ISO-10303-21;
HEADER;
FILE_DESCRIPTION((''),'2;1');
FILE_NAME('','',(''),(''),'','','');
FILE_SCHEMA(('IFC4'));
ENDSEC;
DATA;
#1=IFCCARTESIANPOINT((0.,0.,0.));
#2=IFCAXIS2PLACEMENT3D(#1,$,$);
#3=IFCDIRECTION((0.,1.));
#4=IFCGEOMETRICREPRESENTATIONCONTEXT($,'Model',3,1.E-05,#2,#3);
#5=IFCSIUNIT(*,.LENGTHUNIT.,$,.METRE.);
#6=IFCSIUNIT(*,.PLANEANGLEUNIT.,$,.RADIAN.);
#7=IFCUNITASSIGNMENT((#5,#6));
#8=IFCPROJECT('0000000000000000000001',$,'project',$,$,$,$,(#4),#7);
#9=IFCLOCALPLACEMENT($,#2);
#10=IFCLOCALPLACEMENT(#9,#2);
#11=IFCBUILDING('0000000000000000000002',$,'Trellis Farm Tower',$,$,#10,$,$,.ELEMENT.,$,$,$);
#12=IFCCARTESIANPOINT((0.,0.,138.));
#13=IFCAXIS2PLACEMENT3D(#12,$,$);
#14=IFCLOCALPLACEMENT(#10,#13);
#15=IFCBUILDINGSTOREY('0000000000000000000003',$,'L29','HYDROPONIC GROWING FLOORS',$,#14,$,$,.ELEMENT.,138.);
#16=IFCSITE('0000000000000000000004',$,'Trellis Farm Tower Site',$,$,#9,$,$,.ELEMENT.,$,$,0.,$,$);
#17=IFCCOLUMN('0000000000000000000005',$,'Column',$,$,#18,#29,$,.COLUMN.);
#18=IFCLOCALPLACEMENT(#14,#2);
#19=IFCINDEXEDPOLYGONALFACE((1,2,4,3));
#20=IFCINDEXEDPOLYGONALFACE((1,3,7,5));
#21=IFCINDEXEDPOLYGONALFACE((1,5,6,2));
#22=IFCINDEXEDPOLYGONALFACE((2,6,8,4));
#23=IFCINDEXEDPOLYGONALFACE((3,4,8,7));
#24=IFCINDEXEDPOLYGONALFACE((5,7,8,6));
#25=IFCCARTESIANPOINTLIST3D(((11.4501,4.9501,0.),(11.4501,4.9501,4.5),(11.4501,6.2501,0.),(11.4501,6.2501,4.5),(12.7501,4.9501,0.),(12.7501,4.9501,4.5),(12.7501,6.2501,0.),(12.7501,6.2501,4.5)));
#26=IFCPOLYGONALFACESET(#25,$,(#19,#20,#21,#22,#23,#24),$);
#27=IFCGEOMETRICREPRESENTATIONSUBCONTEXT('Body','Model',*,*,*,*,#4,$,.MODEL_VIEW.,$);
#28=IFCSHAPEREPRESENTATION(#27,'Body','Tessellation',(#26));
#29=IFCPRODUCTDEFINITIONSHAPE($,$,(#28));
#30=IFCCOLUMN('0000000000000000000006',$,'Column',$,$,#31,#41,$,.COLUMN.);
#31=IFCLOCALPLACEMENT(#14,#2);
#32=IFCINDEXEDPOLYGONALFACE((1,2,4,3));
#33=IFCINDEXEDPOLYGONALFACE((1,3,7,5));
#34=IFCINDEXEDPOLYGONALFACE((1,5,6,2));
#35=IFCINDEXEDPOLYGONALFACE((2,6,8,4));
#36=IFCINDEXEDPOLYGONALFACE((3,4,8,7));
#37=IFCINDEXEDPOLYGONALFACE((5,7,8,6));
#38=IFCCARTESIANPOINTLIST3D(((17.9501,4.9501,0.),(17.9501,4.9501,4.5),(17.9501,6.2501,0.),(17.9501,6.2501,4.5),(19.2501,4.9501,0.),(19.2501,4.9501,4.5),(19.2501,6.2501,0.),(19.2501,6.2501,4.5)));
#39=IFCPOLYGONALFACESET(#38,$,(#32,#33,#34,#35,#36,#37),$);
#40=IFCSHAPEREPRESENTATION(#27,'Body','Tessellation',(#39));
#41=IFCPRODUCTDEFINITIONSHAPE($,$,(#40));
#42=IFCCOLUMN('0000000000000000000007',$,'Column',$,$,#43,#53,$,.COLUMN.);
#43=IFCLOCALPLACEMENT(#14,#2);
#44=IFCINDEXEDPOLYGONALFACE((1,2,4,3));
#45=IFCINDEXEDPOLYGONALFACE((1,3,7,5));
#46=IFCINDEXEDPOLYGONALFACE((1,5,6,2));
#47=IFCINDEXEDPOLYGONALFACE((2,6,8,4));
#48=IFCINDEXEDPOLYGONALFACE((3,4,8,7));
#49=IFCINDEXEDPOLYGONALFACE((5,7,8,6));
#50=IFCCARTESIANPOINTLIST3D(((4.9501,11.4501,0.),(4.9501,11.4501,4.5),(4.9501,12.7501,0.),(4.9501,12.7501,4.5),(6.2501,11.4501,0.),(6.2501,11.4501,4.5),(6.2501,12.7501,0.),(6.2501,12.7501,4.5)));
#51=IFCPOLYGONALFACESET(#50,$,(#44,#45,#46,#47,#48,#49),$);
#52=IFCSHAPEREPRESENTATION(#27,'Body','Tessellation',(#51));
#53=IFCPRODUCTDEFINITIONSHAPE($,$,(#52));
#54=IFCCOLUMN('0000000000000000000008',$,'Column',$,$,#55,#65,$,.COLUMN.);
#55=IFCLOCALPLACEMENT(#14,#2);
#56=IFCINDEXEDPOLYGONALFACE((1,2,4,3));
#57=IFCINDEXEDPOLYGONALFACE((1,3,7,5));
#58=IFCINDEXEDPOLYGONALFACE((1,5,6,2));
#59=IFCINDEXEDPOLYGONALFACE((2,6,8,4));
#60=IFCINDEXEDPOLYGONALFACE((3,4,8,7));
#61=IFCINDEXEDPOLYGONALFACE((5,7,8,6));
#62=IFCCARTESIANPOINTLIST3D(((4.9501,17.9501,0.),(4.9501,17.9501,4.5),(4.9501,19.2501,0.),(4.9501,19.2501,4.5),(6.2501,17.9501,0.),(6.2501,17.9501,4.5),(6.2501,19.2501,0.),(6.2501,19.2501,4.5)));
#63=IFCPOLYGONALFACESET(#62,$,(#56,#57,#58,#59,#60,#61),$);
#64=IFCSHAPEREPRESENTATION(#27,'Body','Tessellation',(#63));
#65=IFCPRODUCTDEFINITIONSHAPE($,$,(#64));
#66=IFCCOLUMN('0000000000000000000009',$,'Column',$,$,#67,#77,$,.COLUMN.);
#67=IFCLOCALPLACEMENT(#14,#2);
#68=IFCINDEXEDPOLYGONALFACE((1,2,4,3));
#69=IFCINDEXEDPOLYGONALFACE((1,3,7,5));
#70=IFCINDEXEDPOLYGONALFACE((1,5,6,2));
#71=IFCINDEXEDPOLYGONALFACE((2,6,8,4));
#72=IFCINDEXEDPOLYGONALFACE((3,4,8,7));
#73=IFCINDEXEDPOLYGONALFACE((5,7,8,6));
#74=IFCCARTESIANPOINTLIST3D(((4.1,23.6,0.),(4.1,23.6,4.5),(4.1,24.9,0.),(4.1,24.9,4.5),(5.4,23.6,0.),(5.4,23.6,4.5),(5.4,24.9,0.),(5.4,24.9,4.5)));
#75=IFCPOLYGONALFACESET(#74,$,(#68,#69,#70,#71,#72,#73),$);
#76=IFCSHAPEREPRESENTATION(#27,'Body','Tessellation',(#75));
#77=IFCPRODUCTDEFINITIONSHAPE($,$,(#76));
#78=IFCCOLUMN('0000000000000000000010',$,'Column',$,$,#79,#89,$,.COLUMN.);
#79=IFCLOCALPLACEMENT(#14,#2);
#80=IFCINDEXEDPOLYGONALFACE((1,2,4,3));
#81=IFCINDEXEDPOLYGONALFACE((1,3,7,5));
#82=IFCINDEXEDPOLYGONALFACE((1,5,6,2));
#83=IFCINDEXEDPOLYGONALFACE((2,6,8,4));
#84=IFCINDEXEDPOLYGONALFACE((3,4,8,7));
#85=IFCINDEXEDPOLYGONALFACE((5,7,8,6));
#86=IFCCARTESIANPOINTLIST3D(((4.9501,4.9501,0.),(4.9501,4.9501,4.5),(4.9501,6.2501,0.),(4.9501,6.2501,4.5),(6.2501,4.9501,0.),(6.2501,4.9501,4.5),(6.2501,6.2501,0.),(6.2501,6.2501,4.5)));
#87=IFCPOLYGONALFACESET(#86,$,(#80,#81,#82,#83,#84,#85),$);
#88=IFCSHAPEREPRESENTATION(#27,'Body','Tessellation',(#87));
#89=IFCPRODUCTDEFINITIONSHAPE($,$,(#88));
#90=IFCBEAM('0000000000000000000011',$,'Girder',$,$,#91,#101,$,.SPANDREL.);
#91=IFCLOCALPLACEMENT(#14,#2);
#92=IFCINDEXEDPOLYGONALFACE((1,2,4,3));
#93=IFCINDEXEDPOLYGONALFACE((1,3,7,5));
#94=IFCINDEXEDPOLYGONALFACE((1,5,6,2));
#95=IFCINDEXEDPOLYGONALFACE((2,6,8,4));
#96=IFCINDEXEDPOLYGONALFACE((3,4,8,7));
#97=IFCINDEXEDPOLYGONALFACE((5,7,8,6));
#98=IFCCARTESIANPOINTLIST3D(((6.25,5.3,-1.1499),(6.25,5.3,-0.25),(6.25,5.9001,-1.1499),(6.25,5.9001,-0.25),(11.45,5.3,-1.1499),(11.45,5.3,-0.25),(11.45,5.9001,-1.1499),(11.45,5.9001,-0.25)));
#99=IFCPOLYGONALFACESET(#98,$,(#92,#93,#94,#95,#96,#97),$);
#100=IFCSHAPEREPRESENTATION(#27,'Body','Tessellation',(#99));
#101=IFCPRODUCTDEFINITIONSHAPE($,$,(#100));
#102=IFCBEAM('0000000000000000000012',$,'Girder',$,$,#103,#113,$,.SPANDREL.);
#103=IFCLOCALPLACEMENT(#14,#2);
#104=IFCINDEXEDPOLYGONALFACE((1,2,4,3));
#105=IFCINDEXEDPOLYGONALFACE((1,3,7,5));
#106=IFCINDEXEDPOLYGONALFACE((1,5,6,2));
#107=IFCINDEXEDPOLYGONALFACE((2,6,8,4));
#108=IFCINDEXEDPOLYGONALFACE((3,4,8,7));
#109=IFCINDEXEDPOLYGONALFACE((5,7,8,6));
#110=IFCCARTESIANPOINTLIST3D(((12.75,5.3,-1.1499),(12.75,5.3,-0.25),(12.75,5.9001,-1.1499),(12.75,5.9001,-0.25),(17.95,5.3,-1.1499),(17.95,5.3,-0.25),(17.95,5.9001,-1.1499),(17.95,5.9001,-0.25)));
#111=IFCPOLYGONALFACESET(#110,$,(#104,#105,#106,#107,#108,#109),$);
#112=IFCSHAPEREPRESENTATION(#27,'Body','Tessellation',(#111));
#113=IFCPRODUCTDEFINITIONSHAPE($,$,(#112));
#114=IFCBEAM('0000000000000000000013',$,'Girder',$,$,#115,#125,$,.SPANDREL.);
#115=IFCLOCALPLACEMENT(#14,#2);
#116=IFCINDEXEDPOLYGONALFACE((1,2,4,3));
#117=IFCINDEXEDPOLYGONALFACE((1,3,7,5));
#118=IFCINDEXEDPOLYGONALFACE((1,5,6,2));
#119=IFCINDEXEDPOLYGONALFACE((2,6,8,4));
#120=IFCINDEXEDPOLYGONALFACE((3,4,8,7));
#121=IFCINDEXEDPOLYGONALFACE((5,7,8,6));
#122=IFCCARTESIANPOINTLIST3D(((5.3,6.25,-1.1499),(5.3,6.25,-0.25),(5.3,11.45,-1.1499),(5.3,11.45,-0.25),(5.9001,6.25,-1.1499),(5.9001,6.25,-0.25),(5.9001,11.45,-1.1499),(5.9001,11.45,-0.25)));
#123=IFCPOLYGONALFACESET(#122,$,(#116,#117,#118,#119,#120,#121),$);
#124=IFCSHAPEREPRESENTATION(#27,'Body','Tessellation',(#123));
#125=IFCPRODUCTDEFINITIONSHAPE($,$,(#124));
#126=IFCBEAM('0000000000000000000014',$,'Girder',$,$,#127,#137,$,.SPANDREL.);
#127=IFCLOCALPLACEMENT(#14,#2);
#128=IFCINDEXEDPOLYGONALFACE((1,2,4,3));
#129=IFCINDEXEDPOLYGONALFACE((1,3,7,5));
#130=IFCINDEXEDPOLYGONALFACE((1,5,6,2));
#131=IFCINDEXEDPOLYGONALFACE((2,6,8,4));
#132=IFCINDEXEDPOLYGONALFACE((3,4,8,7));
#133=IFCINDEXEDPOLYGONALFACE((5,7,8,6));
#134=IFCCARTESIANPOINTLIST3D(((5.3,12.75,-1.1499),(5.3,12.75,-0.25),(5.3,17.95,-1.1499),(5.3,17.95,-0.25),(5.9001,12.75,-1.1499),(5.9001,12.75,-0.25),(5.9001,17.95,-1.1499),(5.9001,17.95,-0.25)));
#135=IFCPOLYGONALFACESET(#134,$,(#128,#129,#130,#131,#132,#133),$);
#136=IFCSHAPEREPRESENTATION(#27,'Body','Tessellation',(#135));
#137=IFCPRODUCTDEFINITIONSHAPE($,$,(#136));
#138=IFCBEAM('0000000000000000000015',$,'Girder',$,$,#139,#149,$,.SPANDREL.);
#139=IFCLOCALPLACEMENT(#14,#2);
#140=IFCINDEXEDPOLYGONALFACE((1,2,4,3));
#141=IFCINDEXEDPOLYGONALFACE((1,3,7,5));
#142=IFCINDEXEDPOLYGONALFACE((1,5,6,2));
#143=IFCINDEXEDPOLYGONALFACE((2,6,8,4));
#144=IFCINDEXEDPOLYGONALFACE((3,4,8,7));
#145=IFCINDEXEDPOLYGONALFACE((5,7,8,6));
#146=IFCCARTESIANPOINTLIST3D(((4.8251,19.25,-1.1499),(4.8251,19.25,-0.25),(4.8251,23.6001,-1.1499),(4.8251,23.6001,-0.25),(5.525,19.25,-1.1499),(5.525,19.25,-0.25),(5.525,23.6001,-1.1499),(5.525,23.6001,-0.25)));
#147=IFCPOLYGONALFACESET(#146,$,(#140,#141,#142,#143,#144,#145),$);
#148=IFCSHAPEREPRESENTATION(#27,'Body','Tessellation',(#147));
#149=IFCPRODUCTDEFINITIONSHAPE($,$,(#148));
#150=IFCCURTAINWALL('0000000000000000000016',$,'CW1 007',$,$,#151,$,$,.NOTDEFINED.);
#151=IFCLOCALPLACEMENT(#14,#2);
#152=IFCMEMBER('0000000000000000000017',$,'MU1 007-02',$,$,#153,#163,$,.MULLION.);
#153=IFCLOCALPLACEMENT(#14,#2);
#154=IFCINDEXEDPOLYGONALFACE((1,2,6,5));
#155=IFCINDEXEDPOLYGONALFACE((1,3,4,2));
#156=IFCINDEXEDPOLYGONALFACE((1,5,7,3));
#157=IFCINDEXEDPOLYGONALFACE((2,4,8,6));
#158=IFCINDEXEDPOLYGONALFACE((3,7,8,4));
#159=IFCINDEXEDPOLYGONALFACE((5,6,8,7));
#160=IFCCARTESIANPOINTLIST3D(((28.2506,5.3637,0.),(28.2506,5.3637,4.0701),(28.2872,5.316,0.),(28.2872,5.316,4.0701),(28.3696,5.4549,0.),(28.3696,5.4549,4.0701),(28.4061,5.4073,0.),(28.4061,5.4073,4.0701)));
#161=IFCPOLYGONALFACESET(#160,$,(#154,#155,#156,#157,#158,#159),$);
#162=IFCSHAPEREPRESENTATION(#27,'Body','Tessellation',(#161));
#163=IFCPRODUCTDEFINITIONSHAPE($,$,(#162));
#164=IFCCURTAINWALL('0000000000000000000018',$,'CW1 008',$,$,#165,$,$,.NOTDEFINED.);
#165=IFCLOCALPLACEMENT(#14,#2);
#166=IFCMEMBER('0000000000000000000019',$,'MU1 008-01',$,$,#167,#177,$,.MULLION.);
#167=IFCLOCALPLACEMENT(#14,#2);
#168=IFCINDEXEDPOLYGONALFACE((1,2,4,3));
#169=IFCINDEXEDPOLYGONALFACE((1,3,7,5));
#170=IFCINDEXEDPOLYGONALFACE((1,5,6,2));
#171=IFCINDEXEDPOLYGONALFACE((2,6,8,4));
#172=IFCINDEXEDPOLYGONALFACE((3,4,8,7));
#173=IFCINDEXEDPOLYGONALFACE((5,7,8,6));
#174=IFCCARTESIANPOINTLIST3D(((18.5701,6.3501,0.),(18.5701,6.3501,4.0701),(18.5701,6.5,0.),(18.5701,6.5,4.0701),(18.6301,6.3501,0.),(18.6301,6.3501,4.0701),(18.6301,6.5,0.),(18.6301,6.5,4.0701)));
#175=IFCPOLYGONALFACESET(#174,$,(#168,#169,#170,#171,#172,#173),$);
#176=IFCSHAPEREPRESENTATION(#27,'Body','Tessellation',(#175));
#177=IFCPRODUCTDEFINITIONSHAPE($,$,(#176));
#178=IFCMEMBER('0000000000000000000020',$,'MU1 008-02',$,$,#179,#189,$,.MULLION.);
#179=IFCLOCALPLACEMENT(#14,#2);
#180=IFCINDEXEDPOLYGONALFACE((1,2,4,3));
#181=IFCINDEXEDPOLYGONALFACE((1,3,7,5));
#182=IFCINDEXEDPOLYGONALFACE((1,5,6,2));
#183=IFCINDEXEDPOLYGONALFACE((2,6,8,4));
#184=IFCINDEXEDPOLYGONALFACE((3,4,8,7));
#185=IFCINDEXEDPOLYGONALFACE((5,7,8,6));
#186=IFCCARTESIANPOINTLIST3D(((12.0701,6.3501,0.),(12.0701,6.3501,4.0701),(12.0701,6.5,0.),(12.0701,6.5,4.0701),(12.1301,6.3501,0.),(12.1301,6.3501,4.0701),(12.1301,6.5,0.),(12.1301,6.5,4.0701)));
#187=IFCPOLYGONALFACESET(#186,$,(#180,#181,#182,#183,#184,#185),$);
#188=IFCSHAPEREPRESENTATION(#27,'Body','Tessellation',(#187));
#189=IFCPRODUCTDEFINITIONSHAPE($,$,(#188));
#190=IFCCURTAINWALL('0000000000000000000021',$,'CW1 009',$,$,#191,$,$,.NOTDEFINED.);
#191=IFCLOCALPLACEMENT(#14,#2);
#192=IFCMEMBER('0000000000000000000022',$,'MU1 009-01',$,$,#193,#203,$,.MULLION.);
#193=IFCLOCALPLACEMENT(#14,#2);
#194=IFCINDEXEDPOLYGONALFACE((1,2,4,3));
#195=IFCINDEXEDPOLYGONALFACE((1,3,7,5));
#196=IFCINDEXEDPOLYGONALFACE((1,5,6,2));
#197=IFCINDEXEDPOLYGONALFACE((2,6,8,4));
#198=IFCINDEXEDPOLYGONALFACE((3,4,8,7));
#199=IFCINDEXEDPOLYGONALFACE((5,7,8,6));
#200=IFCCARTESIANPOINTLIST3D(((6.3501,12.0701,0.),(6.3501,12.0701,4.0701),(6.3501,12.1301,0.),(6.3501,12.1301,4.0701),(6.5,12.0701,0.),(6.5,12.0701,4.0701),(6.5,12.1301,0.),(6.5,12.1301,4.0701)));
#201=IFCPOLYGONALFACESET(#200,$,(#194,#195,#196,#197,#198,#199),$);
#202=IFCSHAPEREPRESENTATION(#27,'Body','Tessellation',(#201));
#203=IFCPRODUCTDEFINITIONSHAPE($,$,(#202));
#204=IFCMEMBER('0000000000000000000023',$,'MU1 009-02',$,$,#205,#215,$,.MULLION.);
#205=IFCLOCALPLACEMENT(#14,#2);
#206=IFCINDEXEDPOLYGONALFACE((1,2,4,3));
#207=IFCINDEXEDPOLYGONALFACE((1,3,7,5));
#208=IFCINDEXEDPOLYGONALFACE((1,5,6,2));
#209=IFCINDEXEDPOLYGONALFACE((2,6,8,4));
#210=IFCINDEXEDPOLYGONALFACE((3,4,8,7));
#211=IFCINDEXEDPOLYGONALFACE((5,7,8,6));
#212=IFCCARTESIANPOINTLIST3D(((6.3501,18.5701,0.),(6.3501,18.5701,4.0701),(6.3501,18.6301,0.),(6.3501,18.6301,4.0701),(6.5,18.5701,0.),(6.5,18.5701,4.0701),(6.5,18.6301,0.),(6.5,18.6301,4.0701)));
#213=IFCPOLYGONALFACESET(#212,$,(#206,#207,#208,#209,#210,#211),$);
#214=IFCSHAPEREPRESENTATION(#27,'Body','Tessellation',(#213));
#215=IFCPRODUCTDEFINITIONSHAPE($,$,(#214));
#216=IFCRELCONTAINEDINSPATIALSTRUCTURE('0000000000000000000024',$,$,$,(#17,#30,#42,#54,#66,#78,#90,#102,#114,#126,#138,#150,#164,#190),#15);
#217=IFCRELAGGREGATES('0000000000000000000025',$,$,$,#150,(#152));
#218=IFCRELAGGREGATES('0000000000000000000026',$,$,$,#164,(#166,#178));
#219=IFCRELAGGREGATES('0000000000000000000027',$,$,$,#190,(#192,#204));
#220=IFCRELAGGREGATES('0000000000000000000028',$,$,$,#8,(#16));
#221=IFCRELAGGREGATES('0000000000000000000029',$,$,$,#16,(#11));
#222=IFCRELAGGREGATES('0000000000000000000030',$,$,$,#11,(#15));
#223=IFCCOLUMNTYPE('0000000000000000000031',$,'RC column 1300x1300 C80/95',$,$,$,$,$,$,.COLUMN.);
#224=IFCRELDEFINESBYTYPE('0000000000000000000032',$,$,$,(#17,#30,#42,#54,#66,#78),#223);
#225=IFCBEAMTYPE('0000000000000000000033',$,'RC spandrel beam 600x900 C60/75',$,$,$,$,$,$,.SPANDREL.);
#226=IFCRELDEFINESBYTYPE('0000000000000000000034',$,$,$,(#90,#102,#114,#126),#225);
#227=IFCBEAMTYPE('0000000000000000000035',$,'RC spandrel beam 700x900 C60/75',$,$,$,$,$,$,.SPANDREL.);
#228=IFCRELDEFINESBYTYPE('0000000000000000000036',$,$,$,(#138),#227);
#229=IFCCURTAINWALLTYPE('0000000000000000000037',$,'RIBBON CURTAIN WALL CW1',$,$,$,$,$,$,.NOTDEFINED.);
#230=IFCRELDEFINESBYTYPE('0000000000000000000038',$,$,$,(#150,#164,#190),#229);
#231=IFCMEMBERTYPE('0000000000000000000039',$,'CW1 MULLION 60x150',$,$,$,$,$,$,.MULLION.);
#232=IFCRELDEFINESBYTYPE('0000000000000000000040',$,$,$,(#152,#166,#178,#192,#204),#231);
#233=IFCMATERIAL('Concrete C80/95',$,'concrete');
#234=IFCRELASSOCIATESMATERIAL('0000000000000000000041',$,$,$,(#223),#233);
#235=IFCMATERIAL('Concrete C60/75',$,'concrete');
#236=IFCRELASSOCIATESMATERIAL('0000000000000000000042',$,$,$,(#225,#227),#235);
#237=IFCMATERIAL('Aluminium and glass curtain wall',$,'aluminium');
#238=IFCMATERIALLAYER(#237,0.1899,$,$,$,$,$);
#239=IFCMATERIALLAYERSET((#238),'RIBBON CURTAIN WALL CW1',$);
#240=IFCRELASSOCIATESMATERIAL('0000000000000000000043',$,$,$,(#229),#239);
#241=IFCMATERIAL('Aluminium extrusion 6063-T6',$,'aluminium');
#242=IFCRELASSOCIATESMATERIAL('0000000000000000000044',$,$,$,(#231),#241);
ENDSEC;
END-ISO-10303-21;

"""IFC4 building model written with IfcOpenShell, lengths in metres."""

from ifc_helpers import new_model, si_unit, direction, frame, origin, origin_2d, place, context, subcontext, project, spatial, rectangle, extrude, source, transform, mapped, material, layer, layer_set, material_profile, profile_set, type_object, element, aggregate, save


model = new_model("IFC4")

# Units and contexts
model_context = context("Model", 3, precision=1e-05, world=origin(), true_north=direction((0.0, 1.0)))
body_context = subcontext(model_context, "Body", "Model", "MODEL_VIEW")
ifc_project = project(units=[si_unit("LENGTHUNIT", "METRE"), si_unit("PLANEANGLEUNIT", "RADIAN")], contexts=[model_context])

# Site, building, storey
site_placement = place(None, origin())
site = spatial("IfcSite", under=ifc_project, at=site_placement, Name="Trellis Farm Tower Site", CompositionType="ELEMENT", RefElevation=0.0)
building_placement = place(site_placement, origin())
building = spatial("IfcBuilding", under=site, at=building_placement, Name="Trellis Farm Tower", CompositionType="ELEMENT")
storey_placement = place(building_placement, frame((0.0, 0.0, 138.0)))
storey = spatial("IfcBuildingStorey", under=building, at=storey_placement, Name="L29", Description="HYDROPONIC GROWING FLOORS", CompositionType="ELEMENT", Elevation=138.0)

# Columns
ifc_material_1 = material(Name="Concrete C80/95", Category="concrete")
ifc_material_profile_1 = material_profile(ifc_material_1, rectangle(XDim=1.3, YDim=1.3, at=origin_2d()), Name="RC column 1300x1300 C80/95")
ifc_profile_set_1 = profile_set([ifc_material_profile_1], Name="Concrete C80/95")
column_type = type_object("IfcColumnType", Name="RC column 1300x1300 C80/95", PredefinedType="COLUMN", material=ifc_profile_set_1)
shared_shape_1 = source(origin(), body_context, "Body", "SweptSolid", [
    extrude(rectangle(XDim=1.3, YDim=1.3, at=origin_2d()), origin(), (0.0, 0.0, 1.0), 4.5),
])
for number, where, z_axis, x_axis, name in (
    (1, (12.1001, 5.6001, 0.0), (0.0, 0.0, 1.0), (1.0, 0.0, 0.0), "Column"),
    (2, (18.6001, 5.6001, 0.0), (0.0, 0.0, 1.0), (1.0, 0.0, 0.0), "Column"),
    (3, (5.6001, 12.1001, 0.0), (0.0, 0.0, 1.0), (1.0, 0.0, 0.0), "Column"),
    (4, (5.6001, 18.6001, 0.0), (0.0, 0.0, 1.0), (1.0, 0.0, 0.0), "Column"),
    (5, (4.75, 24.25, 0.0), (0.0, 0.0, 1.0), (1.0, 0.0, 0.0), "Column"),
    (6, (5.6001, 5.6001, 0.0), (0.0, 0.0, 1.0), (1.0, 0.0, 0.0), "Column"),
):
    element("IfcColumn", number, at=place(storey_placement, frame(where, z_axis=z_axis, x_axis=x_axis)), inside=storey, type_object=column_type, Name=name, PredefinedType="COLUMN", context=body_context, shape_type="MappedRepresentation", body=[
        mapped(shared_shape_1, transform((0.0, 0.0, 0.0))),
    ])

# Beams
ifc_material_2 = material(Name="Concrete C60/75", Category="concrete")
ifc_material_profile_2 = material_profile(ifc_material_2, rectangle(XDim=0.6001, YDim=0.8999, at=origin_2d()), Name="RC spandrel beam 600x900 C60/75")
ifc_profile_set_2 = profile_set([ifc_material_profile_2], Name="Concrete C60/75")
beam_type_1 = type_object("IfcBeamType", Name="RC spandrel beam 600x900 C60/75", PredefinedType="SPANDREL", material=ifc_profile_set_2)
shared_shape_2 = source(origin(), body_context, "Body", "SweptSolid", [
    extrude(rectangle(XDim=0.6001, YDim=0.8999, at=origin_2d()), origin(), (0.0, 0.0, 1.0), 5.2),
])
for number, where, z_axis, x_axis, name in (
    (7, (6.25, 5.6001, -0.7), (1.0, 0.0, 0.0), (0.0, 1.0, 0.0), "Girder"),
    (8, (12.75, 5.6001, -0.7), (1.0, 0.0, 0.0), (0.0, 1.0, 0.0), "Girder"),
    (9, (5.6001, 6.25, -0.7), (0.0, 1.0, 0.0), (-1.0, 0.0, 0.0), "Girder"),
    (10, (5.6001, 12.75, -0.7), (0.0, 1.0, 0.0), (-1.0, 0.0, 0.0), "Girder"),
):
    element("IfcBeam", number, at=place(storey_placement, frame(where, z_axis=z_axis, x_axis=x_axis)), inside=storey, type_object=beam_type_1, Name=name, PredefinedType="SPANDREL", context=body_context, shape_type="MappedRepresentation", body=[
        mapped(shared_shape_2, transform((0.0, 0.0, 0.0))),
    ])
ifc_material_profile_3 = material_profile(ifc_material_2, rectangle(XDim=0.7, YDim=0.8999, at=origin_2d()), Name="RC spandrel beam 700x900 C60/75")
ifc_profile_set_3 = profile_set([ifc_material_profile_3], Name="Concrete C60/75")
beam_type_2 = type_object("IfcBeamType", Name="RC spandrel beam 700x900 C60/75", PredefinedType="SPANDREL", material=ifc_profile_set_3)
shared_shape_3 = source(origin(), body_context, "Body", "SweptSolid", [
    extrude(rectangle(XDim=0.7, YDim=0.8999, at=origin_2d()), origin(), (0.0, 0.0, 1.0), 4.3501),
])
beam_placement = place(storey_placement, frame((5.175, 19.25, -0.7), z_axis=(0.0, 1.0, 0.0), x_axis=(-1.0, 0.0, 0.0)))
element("IfcBeam", 11, at=beam_placement, inside=storey, type_object=beam_type_2, Name="Girder", PredefinedType="SPANDREL", context=body_context, shape_type="MappedRepresentation", body=[
    mapped(shared_shape_3, transform((0.0, 0.0, 0.0))),
])

# Curtain wall, member
ifc_material_3 = material(Name="Aluminium and glass curtain wall", Category="aluminium")
ifc_layer_1 = layer(ifc_material_3, 0.1899)
ifc_layer_set_1 = layer_set([ifc_layer_1], Name="RIBBON CURTAIN WALL CW1")
curtain_wall_type_1 = type_object("IfcCurtainWallType", Name="RIBBON CURTAIN WALL CW1", PredefinedType="NOTDEFINED", material=ifc_layer_set_1)
placement = place(storey_placement, origin())
curtain_wall_1 = element("IfcCurtainWall", 12, at=placement, inside=storey, type_object=curtain_wall_type_1, Name="CW1 007", PredefinedType="NOTDEFINED")
ifc_material_4 = material(Name="Aluminium extrusion 6063-T6", Category="aluminium")
ifc_material_profile_4 = material_profile(ifc_material_4, rectangle(XDim=0.0601, YDim=0.1499, at=origin_2d()), Name="MULLION 60x150")
ifc_profile_set_4 = profile_set([ifc_material_profile_4], Name="Aluminium extrusion 6063-T6")
member_type_1 = type_object("IfcMemberType", Name="CW1 MULLION 60x150", PredefinedType="MULLION", material=ifc_profile_set_4)
shared_shape_4 = source(origin(), body_context, "Body", "SweptSolid", [
    extrude(rectangle(XDim=0.0601, YDim=0.1499, at=origin_2d()), origin(), (0.0, 0.0, 1.0), 4.0701),
])
member_1_placement = place(storey_placement, frame((28.3284, 5.3855, 0.0), z_axis=(0.0, 0.0, 1.0), x_axis=(-0.608761, 0.793353, 0.0)))
member_1 = element("IfcMember", 13, at=member_1_placement, type_object=member_type_1, Name="MU1 007-02", PredefinedType="MULLION", context=body_context, shape_type="MappedRepresentation", body=[
    mapped(shared_shape_4, transform((0.0, 0.0, 0.0))),
])
aggregate(curtain_wall_1, [member_1])

# Curtain walls, members
curtain_wall_2 = element("IfcCurtainWall", 14, at=placement, inside=storey, type_object=curtain_wall_type_1, Name="CW1 008", PredefinedType="NOTDEFINED")
member_2_placement = place(storey_placement, frame((18.6001, 6.425, 0.0), z_axis=(0.0, 0.0, 1.0), x_axis=(-1.0, 0.0, 0.0)))
member_2 = element("IfcMember", 15, at=member_2_placement, type_object=member_type_1, Name="MU1 008-01", PredefinedType="MULLION", context=body_context, shape_type="MappedRepresentation", body=[
    mapped(shared_shape_4, transform((0.0, 0.0, 0.0))),
])
member_3_placement = place(storey_placement, frame((12.1001, 6.425, 0.0), z_axis=(0.0, 0.0, 1.0), x_axis=(-1.0, 0.0, 0.0)))
member_3 = element("IfcMember", 16, at=member_3_placement, type_object=member_type_1, Name="MU1 008-02", PredefinedType="MULLION", context=body_context, shape_type="MappedRepresentation", body=[
    mapped(shared_shape_4, transform((0.0, 0.0, 0.0))),
])
aggregate(curtain_wall_2, [member_2, member_3])
curtain_wall_3 = element("IfcCurtainWall", 17, at=placement, inside=storey, type_object=curtain_wall_type_1, Name="CW1 009", PredefinedType="NOTDEFINED")
member_4_placement = place(storey_placement, frame((6.425, 12.1001, 0.0), z_axis=(0.0, 0.0, 1.0), x_axis=(0.0, 1.0, 0.0)))
member_4 = element("IfcMember", 18, at=member_4_placement, type_object=member_type_1, Name="MU1 009-01", PredefinedType="MULLION", context=body_context, shape_type="MappedRepresentation", body=[
    mapped(shared_shape_4, transform((0.0, 0.0, 0.0))),
])
member_5_placement = place(storey_placement, frame((6.425, 18.6001, 0.0), z_axis=(0.0, 0.0, 1.0), x_axis=(0.0, 1.0, 0.0)))
member_5 = element("IfcMember", 19, at=member_5_placement, type_object=member_type_1, Name="MU1 009-02", PredefinedType="MULLION", context=body_context, shape_type="MappedRepresentation", body=[
    mapped(shared_shape_4, transform((0.0, 0.0, 0.0))),
])
aggregate(curtain_wall_3, [member_4, member_5])

save(model, "model.ifc")
